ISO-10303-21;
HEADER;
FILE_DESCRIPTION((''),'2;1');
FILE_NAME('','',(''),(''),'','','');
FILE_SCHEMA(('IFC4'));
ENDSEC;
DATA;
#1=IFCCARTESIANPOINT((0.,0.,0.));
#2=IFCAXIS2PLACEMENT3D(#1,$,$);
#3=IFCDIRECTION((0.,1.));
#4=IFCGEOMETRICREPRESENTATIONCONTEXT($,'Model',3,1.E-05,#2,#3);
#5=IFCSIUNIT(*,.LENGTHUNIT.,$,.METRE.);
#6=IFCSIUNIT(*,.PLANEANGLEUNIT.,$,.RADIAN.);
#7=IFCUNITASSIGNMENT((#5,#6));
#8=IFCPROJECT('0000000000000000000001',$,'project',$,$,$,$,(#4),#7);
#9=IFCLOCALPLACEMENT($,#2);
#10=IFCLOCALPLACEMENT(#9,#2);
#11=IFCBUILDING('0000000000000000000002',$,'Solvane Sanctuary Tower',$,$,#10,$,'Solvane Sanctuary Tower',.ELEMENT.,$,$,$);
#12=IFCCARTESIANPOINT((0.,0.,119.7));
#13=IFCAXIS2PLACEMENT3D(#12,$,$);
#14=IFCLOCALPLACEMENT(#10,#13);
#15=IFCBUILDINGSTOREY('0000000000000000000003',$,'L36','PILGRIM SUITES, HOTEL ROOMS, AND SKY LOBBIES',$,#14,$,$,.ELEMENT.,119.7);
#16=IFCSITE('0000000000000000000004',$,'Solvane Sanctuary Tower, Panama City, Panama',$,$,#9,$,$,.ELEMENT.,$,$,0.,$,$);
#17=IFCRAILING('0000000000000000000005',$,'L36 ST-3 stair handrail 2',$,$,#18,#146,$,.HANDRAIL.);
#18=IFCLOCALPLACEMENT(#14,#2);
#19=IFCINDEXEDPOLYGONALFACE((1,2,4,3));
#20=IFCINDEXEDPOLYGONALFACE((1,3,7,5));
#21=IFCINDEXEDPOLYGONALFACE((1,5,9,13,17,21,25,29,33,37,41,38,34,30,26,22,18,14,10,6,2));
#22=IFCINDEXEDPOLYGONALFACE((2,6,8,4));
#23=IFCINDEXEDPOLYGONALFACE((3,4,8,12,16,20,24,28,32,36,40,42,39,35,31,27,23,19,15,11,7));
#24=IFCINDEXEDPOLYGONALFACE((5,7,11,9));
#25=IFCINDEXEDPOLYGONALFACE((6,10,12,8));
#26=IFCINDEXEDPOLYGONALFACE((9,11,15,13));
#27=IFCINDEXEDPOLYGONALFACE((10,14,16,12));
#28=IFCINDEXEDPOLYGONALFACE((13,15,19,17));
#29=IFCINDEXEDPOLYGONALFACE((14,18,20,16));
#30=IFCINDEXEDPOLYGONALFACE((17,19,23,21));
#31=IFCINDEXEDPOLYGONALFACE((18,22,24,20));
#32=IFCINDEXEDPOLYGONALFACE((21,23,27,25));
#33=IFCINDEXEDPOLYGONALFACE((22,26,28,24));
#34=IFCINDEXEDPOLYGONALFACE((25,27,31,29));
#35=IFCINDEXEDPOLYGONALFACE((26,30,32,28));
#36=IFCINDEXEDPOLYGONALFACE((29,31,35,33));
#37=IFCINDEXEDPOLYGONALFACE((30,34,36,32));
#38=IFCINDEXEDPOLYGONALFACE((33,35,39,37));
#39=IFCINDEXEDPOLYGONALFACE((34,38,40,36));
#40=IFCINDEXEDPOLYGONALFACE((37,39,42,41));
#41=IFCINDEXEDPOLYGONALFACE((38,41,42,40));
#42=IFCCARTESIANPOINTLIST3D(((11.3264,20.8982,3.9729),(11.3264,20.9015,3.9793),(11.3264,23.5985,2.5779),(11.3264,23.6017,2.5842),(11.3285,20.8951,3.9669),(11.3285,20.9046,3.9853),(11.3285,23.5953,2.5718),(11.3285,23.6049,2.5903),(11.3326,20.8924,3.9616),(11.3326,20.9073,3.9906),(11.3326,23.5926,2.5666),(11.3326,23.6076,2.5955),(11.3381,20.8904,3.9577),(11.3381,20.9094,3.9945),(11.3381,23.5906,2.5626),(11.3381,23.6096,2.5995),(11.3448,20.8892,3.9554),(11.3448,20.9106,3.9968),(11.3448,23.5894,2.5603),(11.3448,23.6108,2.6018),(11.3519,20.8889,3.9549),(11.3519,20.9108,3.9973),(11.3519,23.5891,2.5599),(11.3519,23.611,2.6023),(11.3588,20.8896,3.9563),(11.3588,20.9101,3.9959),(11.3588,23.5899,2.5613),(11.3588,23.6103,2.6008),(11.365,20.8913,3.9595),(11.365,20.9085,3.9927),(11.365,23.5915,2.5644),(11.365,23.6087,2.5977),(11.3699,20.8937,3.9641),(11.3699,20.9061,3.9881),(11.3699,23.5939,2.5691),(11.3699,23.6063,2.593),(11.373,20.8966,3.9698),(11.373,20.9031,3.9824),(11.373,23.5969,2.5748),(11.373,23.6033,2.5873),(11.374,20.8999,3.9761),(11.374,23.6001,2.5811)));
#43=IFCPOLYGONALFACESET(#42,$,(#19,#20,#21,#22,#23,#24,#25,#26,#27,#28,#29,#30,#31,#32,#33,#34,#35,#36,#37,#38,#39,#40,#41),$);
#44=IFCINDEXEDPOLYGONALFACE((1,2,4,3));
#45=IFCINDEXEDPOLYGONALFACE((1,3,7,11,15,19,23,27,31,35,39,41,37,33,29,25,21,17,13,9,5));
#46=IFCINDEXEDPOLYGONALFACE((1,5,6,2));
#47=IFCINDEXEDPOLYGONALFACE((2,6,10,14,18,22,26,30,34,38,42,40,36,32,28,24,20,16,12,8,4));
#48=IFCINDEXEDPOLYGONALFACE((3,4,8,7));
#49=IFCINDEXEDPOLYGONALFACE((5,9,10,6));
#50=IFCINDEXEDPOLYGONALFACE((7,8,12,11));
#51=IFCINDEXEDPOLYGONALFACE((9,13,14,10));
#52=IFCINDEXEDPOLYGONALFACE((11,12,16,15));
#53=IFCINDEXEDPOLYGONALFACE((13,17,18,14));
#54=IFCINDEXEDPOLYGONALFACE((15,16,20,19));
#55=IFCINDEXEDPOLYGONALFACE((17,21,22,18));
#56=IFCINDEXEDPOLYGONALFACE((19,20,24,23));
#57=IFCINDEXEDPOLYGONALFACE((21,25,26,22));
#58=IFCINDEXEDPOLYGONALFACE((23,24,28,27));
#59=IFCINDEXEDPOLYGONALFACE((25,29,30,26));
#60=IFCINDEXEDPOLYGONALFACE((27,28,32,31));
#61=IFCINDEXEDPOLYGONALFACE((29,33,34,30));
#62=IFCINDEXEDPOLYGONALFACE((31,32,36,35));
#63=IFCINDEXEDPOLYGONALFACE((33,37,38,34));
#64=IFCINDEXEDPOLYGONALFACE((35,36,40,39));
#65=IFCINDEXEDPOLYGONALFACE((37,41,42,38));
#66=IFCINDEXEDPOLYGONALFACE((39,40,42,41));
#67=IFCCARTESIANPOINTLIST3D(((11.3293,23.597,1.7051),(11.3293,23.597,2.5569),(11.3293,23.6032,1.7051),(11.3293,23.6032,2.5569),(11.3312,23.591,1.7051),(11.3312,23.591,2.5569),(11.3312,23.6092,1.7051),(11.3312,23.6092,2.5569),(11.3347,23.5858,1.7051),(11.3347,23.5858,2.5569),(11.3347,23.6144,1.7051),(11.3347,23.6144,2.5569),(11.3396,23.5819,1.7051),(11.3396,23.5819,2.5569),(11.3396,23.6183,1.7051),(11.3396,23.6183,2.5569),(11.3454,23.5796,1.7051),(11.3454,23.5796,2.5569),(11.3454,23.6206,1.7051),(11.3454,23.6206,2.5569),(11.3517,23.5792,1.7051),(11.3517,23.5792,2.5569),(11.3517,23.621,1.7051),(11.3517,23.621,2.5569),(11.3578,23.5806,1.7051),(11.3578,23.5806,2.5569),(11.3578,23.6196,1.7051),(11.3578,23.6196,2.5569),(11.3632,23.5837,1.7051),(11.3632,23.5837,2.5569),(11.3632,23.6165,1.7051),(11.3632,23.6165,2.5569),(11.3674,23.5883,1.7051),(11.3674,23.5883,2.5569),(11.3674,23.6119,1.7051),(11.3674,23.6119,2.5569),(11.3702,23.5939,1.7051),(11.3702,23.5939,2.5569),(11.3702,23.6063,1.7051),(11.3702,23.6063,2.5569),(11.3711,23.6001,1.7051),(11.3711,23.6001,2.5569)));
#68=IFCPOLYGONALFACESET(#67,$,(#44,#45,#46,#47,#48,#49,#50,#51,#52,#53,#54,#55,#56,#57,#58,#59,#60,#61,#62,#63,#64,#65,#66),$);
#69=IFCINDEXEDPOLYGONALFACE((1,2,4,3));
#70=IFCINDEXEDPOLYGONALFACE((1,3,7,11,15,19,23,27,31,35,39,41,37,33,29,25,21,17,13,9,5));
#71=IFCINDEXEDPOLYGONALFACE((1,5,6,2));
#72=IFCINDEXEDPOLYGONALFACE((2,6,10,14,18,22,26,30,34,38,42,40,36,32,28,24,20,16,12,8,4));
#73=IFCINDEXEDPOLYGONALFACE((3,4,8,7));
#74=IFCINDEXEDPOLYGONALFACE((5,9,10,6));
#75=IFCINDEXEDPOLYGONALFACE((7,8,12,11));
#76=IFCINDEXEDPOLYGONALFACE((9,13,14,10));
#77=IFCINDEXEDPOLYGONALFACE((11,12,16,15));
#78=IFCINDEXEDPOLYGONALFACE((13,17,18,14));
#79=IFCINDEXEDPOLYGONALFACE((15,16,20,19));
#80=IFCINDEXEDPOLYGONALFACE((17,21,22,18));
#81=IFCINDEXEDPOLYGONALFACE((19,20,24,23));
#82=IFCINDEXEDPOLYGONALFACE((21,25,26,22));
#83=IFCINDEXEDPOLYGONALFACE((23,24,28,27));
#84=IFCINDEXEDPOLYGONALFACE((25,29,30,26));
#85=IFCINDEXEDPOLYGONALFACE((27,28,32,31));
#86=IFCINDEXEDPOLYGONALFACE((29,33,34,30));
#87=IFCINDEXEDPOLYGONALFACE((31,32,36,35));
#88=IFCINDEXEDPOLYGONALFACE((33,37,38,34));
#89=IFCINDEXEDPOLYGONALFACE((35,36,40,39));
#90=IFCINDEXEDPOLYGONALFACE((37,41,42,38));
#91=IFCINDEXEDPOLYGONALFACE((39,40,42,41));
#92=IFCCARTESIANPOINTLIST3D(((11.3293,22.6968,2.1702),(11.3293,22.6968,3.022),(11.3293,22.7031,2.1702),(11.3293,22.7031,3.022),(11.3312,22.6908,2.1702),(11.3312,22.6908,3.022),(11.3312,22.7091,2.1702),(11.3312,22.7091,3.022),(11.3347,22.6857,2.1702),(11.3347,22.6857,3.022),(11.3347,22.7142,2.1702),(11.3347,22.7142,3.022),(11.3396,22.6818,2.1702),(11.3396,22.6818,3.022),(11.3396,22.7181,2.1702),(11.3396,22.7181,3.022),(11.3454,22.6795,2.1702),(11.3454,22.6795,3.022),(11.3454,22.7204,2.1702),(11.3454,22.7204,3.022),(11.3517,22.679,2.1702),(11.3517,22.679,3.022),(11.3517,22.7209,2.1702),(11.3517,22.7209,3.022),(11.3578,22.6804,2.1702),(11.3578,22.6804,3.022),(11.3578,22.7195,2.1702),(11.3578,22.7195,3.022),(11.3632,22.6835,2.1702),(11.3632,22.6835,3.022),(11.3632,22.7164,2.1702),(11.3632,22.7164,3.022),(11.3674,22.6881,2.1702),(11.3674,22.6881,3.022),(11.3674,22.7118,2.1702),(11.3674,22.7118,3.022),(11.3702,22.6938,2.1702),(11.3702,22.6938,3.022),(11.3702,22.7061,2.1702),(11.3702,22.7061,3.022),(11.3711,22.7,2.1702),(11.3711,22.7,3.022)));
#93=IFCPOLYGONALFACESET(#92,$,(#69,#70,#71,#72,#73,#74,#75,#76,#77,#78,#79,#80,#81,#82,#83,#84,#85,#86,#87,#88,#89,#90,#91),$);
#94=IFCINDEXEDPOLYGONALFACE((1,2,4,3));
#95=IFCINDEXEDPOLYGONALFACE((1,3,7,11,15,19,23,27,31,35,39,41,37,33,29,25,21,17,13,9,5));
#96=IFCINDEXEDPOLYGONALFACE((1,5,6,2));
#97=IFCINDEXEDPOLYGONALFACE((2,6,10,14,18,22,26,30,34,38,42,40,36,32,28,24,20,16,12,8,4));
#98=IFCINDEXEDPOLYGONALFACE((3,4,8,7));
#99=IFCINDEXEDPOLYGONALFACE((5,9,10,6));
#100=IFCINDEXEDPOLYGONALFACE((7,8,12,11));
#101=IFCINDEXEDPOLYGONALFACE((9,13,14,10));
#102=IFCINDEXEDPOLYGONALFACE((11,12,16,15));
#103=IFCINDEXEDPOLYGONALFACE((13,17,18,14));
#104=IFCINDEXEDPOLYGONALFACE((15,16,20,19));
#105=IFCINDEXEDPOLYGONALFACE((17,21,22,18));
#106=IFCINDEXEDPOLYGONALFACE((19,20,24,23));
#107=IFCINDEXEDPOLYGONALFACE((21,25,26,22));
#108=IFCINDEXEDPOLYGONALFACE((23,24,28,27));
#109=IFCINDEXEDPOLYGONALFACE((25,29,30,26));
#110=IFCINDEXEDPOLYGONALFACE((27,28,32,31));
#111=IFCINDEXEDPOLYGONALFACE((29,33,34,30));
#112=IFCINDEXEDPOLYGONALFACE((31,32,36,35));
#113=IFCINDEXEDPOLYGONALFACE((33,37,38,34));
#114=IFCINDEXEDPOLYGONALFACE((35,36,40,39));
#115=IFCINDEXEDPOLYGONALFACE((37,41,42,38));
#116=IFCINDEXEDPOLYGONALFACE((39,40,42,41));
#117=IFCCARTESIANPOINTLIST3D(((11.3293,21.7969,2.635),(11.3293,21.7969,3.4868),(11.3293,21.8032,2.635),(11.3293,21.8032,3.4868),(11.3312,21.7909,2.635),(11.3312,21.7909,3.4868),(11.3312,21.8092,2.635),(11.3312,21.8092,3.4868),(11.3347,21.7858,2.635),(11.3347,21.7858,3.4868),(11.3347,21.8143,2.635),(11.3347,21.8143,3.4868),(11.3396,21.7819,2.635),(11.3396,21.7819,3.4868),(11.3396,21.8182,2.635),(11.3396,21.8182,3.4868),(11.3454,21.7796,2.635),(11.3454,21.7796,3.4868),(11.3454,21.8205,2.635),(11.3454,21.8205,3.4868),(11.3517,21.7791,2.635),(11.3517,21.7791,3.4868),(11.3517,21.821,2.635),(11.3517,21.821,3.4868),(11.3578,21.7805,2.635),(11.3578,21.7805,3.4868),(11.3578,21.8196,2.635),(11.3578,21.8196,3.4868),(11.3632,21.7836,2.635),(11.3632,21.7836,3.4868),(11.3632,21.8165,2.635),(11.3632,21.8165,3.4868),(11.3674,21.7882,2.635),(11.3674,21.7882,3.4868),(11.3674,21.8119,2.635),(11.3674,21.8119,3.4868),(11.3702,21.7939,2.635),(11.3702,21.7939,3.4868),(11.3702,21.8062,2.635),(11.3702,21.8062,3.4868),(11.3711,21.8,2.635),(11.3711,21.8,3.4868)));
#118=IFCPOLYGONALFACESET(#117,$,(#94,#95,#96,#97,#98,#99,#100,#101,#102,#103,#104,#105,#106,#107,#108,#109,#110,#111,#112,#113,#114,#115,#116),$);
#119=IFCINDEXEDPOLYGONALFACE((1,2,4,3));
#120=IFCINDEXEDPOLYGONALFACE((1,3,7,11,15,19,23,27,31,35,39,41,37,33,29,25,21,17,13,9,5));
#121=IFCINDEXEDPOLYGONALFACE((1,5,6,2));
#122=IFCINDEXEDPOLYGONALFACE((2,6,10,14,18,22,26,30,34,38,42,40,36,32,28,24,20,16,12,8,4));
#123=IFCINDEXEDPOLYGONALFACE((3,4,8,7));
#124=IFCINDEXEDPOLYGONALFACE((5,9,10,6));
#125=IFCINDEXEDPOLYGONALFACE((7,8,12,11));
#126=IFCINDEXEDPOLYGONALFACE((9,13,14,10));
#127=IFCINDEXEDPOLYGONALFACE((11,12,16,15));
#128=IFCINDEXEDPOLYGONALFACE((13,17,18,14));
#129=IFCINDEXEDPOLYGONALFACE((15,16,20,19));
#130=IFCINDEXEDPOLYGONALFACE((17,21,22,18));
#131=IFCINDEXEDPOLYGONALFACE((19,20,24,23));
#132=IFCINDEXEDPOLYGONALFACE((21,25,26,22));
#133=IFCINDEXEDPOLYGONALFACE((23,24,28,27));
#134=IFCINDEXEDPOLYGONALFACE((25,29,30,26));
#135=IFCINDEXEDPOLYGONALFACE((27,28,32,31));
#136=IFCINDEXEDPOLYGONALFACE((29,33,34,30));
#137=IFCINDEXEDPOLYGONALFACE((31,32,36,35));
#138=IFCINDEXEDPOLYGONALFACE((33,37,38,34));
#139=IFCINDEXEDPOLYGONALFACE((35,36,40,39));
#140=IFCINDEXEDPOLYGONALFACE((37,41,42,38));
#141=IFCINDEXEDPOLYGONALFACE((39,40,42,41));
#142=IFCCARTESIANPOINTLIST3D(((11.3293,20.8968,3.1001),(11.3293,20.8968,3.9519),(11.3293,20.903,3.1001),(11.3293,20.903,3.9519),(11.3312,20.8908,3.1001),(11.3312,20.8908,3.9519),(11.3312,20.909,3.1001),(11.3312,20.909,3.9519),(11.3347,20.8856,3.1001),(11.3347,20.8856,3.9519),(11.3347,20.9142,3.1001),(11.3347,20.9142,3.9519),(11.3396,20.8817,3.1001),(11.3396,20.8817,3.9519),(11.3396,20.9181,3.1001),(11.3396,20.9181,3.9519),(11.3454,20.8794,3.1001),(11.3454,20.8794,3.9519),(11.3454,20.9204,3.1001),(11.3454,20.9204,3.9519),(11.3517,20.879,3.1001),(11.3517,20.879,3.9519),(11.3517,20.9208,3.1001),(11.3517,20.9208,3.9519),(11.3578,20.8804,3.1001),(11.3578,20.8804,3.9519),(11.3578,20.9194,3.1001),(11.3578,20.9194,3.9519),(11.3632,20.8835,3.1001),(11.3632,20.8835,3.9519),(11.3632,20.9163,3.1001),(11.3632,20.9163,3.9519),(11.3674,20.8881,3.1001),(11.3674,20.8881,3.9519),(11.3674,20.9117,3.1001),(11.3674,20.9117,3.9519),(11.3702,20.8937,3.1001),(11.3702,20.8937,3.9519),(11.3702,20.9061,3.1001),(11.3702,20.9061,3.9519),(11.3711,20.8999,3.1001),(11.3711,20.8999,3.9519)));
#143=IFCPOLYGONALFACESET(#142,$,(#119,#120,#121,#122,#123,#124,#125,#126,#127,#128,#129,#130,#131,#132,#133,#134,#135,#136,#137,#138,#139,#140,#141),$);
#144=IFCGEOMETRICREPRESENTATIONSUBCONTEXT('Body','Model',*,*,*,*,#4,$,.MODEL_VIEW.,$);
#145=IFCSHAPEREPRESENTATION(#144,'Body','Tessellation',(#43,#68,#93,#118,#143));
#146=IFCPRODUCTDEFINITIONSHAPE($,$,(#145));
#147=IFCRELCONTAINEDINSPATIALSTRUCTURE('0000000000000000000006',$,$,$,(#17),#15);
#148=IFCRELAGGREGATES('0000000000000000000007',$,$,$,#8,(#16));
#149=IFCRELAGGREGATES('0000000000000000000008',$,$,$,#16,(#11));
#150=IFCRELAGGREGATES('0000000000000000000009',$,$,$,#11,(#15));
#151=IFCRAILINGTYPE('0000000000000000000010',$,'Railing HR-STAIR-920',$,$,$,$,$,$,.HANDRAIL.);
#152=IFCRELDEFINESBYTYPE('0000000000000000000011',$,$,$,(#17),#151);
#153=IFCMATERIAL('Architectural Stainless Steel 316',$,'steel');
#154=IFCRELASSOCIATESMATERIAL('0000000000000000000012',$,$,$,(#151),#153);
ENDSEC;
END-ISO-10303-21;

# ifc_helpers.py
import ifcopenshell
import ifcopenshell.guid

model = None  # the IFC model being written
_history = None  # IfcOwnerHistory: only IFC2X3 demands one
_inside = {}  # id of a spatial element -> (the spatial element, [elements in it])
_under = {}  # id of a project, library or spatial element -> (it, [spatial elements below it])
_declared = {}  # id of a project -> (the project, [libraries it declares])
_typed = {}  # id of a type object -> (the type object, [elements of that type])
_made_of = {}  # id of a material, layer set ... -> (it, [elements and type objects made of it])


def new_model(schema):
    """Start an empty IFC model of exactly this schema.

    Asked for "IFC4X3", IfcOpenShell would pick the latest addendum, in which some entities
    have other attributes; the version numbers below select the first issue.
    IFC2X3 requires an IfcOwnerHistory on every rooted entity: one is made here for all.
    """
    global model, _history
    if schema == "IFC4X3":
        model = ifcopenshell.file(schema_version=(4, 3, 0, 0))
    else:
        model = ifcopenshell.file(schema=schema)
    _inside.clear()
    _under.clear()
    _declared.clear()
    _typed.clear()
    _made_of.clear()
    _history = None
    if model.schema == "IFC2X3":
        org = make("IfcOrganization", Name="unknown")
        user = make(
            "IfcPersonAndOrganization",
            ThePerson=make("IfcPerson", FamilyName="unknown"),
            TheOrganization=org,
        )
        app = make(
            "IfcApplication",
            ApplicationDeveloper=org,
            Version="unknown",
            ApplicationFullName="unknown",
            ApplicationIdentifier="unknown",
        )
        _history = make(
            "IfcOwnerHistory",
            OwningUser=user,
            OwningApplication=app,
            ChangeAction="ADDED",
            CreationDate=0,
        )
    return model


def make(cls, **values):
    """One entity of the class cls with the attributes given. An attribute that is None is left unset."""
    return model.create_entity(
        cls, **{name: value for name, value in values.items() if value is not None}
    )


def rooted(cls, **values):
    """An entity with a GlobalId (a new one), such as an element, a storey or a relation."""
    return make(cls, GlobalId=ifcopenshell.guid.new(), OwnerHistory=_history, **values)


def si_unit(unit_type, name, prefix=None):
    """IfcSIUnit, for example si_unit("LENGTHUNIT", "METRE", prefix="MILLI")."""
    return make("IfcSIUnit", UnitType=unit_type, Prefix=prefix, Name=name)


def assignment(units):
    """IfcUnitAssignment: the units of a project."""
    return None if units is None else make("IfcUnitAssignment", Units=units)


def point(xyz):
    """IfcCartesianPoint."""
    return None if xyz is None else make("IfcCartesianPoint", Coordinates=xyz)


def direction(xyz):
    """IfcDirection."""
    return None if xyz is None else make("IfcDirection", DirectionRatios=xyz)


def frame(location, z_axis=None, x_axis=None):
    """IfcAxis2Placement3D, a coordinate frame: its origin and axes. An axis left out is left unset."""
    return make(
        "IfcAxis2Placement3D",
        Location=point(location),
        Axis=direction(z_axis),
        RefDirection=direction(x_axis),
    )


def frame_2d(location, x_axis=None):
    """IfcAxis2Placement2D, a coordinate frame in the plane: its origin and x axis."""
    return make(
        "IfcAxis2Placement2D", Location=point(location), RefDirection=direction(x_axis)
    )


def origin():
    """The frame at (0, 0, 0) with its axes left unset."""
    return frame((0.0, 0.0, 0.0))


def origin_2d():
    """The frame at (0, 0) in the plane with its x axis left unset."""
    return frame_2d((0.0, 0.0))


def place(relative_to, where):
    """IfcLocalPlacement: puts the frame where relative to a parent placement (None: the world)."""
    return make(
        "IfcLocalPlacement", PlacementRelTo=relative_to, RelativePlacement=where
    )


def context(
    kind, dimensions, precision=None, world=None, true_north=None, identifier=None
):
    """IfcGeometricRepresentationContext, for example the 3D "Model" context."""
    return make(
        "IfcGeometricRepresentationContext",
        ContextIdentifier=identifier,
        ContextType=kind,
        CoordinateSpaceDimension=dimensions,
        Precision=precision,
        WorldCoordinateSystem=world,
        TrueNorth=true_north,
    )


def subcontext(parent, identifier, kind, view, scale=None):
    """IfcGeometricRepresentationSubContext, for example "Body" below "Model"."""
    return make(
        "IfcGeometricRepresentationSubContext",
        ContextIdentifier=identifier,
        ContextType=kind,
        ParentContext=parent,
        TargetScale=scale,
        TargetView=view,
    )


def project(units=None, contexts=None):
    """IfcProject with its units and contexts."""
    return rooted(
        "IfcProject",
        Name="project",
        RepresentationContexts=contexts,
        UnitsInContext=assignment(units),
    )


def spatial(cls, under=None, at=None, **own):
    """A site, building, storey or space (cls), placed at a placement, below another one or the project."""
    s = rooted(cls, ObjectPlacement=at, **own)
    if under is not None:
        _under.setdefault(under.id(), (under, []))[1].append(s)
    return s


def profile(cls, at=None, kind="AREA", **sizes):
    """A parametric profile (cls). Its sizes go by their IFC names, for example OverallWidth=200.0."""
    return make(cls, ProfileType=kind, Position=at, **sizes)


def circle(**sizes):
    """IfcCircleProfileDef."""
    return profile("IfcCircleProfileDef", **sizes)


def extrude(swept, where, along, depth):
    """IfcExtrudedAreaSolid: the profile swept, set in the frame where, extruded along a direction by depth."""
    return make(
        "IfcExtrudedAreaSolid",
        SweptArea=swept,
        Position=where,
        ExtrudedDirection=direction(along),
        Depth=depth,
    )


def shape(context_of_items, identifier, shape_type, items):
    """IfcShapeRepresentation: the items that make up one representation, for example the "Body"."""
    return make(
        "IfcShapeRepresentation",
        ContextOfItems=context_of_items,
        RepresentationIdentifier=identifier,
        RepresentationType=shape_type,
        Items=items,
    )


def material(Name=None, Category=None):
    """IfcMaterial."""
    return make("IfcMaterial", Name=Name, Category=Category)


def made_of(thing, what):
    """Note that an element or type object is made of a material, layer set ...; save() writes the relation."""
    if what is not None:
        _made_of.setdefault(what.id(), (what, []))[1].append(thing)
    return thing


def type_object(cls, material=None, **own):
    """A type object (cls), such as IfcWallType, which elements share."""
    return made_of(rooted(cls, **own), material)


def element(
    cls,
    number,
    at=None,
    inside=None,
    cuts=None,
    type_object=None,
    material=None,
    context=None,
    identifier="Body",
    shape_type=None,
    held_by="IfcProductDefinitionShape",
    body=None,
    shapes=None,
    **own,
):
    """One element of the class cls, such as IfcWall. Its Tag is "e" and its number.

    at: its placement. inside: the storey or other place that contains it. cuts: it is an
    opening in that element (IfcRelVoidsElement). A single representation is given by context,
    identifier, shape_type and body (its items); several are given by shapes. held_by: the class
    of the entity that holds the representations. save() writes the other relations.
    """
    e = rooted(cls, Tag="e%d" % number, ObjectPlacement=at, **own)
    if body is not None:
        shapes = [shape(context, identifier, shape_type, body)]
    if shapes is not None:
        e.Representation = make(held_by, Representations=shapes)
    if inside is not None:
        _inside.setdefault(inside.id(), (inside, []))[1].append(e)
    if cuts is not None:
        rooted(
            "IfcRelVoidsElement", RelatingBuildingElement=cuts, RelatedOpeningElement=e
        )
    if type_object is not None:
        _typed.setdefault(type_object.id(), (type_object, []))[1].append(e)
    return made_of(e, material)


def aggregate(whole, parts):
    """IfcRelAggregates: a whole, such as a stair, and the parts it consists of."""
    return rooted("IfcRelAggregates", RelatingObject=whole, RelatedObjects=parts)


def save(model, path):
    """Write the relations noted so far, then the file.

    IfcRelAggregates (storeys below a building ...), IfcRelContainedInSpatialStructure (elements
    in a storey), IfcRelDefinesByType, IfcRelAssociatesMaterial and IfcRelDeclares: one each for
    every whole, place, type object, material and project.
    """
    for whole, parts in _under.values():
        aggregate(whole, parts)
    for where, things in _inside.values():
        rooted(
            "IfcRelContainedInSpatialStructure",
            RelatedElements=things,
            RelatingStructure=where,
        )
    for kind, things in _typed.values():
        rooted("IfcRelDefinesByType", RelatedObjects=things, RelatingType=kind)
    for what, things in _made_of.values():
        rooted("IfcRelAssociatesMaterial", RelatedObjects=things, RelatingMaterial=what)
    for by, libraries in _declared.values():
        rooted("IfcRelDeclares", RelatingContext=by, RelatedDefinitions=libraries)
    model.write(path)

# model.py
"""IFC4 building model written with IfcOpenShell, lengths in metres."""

from ifc_helpers import new_model, si_unit, direction, frame, origin, origin_2d, place, context, subcontext, project, spatial, circle, extrude, material, type_object, element, save


model = new_model("IFC4")

# Units and contexts
model_context = context("Model", 3, precision=1e-05, world=origin(), true_north=direction((0.0, 1.0)))
body_context = subcontext(model_context, "Body", "Model", "MODEL_VIEW")
ifc_project = project(units=[si_unit("LENGTHUNIT", "METRE"), si_unit("PLANEANGLEUNIT", "RADIAN")], contexts=[model_context])

# Site, building, storey
site_placement = place(None, origin())
site = spatial("IfcSite", under=ifc_project, at=site_placement, Name="Solvane Sanctuary Tower, Panama City, Panama", CompositionType="ELEMENT", RefElevation=0.0)
building_placement = place(site_placement, origin())
building = spatial("IfcBuilding", under=site, at=building_placement, Name="Solvane Sanctuary Tower", LongName="Solvane Sanctuary Tower", CompositionType="ELEMENT")
storey_placement = place(building_placement, frame((0.0, 0.0, 119.7)))
storey = spatial("IfcBuildingStorey", under=building, at=storey_placement, Name="L36", Description="PILGRIM SUITES, HOTEL ROOMS, AND SKY LOBBIES", CompositionType="ELEMENT", Elevation=119.7)

# Shared definitions
ifc_material_1 = material(Name="Architectural Stainless Steel 316", Category="steel")

# Railing
railing_type_1 = type_object("IfcRailingType", Name="Railing HR-STAIR-920", PredefinedType="HANDRAIL", material=ifc_material_1)
railing_1_placement = place(storey_placement, frame((11.3501, 23.6001, 1.7051)))
element("IfcRailing", 1, at=railing_1_placement, inside=storey, type_object=railing_type_1, Name="L36 ST-3 stair handrail 2", PredefinedType="HANDRAIL", context=body_context, shape_type="SweptSolid", body=[
    extrude(circle(Radius=0.0239, at=origin_2d()), frame((0.0, 0.0, 0.876), z_axis=(0.0, -0.888437, 0.458999), x_axis=(1.0, 0.0, 0.0)), (0.0, 0.0, 1.0), 3.0393),
    extrude(circle(Radius=0.021, at=origin_2d()), origin(), (0.0, 0.0, 1.0), 0.8518),
    extrude(circle(Radius=0.021, at=origin_2d()), frame((0.0, -0.9001, 0.4651)), (0.0, 0.0, 1.0), 0.8518),
    extrude(circle(Radius=0.021, at=origin_2d()), frame((0.0, -1.8, 0.9299)), (0.0, 0.0, 1.0), 0.8518),
    extrude(circle(Radius=0.021, at=origin_2d()), frame((0.0, -2.7002, 1.395)), (0.0, 0.0, 1.0), 0.8518),
])

save(model, "model.ifc")
